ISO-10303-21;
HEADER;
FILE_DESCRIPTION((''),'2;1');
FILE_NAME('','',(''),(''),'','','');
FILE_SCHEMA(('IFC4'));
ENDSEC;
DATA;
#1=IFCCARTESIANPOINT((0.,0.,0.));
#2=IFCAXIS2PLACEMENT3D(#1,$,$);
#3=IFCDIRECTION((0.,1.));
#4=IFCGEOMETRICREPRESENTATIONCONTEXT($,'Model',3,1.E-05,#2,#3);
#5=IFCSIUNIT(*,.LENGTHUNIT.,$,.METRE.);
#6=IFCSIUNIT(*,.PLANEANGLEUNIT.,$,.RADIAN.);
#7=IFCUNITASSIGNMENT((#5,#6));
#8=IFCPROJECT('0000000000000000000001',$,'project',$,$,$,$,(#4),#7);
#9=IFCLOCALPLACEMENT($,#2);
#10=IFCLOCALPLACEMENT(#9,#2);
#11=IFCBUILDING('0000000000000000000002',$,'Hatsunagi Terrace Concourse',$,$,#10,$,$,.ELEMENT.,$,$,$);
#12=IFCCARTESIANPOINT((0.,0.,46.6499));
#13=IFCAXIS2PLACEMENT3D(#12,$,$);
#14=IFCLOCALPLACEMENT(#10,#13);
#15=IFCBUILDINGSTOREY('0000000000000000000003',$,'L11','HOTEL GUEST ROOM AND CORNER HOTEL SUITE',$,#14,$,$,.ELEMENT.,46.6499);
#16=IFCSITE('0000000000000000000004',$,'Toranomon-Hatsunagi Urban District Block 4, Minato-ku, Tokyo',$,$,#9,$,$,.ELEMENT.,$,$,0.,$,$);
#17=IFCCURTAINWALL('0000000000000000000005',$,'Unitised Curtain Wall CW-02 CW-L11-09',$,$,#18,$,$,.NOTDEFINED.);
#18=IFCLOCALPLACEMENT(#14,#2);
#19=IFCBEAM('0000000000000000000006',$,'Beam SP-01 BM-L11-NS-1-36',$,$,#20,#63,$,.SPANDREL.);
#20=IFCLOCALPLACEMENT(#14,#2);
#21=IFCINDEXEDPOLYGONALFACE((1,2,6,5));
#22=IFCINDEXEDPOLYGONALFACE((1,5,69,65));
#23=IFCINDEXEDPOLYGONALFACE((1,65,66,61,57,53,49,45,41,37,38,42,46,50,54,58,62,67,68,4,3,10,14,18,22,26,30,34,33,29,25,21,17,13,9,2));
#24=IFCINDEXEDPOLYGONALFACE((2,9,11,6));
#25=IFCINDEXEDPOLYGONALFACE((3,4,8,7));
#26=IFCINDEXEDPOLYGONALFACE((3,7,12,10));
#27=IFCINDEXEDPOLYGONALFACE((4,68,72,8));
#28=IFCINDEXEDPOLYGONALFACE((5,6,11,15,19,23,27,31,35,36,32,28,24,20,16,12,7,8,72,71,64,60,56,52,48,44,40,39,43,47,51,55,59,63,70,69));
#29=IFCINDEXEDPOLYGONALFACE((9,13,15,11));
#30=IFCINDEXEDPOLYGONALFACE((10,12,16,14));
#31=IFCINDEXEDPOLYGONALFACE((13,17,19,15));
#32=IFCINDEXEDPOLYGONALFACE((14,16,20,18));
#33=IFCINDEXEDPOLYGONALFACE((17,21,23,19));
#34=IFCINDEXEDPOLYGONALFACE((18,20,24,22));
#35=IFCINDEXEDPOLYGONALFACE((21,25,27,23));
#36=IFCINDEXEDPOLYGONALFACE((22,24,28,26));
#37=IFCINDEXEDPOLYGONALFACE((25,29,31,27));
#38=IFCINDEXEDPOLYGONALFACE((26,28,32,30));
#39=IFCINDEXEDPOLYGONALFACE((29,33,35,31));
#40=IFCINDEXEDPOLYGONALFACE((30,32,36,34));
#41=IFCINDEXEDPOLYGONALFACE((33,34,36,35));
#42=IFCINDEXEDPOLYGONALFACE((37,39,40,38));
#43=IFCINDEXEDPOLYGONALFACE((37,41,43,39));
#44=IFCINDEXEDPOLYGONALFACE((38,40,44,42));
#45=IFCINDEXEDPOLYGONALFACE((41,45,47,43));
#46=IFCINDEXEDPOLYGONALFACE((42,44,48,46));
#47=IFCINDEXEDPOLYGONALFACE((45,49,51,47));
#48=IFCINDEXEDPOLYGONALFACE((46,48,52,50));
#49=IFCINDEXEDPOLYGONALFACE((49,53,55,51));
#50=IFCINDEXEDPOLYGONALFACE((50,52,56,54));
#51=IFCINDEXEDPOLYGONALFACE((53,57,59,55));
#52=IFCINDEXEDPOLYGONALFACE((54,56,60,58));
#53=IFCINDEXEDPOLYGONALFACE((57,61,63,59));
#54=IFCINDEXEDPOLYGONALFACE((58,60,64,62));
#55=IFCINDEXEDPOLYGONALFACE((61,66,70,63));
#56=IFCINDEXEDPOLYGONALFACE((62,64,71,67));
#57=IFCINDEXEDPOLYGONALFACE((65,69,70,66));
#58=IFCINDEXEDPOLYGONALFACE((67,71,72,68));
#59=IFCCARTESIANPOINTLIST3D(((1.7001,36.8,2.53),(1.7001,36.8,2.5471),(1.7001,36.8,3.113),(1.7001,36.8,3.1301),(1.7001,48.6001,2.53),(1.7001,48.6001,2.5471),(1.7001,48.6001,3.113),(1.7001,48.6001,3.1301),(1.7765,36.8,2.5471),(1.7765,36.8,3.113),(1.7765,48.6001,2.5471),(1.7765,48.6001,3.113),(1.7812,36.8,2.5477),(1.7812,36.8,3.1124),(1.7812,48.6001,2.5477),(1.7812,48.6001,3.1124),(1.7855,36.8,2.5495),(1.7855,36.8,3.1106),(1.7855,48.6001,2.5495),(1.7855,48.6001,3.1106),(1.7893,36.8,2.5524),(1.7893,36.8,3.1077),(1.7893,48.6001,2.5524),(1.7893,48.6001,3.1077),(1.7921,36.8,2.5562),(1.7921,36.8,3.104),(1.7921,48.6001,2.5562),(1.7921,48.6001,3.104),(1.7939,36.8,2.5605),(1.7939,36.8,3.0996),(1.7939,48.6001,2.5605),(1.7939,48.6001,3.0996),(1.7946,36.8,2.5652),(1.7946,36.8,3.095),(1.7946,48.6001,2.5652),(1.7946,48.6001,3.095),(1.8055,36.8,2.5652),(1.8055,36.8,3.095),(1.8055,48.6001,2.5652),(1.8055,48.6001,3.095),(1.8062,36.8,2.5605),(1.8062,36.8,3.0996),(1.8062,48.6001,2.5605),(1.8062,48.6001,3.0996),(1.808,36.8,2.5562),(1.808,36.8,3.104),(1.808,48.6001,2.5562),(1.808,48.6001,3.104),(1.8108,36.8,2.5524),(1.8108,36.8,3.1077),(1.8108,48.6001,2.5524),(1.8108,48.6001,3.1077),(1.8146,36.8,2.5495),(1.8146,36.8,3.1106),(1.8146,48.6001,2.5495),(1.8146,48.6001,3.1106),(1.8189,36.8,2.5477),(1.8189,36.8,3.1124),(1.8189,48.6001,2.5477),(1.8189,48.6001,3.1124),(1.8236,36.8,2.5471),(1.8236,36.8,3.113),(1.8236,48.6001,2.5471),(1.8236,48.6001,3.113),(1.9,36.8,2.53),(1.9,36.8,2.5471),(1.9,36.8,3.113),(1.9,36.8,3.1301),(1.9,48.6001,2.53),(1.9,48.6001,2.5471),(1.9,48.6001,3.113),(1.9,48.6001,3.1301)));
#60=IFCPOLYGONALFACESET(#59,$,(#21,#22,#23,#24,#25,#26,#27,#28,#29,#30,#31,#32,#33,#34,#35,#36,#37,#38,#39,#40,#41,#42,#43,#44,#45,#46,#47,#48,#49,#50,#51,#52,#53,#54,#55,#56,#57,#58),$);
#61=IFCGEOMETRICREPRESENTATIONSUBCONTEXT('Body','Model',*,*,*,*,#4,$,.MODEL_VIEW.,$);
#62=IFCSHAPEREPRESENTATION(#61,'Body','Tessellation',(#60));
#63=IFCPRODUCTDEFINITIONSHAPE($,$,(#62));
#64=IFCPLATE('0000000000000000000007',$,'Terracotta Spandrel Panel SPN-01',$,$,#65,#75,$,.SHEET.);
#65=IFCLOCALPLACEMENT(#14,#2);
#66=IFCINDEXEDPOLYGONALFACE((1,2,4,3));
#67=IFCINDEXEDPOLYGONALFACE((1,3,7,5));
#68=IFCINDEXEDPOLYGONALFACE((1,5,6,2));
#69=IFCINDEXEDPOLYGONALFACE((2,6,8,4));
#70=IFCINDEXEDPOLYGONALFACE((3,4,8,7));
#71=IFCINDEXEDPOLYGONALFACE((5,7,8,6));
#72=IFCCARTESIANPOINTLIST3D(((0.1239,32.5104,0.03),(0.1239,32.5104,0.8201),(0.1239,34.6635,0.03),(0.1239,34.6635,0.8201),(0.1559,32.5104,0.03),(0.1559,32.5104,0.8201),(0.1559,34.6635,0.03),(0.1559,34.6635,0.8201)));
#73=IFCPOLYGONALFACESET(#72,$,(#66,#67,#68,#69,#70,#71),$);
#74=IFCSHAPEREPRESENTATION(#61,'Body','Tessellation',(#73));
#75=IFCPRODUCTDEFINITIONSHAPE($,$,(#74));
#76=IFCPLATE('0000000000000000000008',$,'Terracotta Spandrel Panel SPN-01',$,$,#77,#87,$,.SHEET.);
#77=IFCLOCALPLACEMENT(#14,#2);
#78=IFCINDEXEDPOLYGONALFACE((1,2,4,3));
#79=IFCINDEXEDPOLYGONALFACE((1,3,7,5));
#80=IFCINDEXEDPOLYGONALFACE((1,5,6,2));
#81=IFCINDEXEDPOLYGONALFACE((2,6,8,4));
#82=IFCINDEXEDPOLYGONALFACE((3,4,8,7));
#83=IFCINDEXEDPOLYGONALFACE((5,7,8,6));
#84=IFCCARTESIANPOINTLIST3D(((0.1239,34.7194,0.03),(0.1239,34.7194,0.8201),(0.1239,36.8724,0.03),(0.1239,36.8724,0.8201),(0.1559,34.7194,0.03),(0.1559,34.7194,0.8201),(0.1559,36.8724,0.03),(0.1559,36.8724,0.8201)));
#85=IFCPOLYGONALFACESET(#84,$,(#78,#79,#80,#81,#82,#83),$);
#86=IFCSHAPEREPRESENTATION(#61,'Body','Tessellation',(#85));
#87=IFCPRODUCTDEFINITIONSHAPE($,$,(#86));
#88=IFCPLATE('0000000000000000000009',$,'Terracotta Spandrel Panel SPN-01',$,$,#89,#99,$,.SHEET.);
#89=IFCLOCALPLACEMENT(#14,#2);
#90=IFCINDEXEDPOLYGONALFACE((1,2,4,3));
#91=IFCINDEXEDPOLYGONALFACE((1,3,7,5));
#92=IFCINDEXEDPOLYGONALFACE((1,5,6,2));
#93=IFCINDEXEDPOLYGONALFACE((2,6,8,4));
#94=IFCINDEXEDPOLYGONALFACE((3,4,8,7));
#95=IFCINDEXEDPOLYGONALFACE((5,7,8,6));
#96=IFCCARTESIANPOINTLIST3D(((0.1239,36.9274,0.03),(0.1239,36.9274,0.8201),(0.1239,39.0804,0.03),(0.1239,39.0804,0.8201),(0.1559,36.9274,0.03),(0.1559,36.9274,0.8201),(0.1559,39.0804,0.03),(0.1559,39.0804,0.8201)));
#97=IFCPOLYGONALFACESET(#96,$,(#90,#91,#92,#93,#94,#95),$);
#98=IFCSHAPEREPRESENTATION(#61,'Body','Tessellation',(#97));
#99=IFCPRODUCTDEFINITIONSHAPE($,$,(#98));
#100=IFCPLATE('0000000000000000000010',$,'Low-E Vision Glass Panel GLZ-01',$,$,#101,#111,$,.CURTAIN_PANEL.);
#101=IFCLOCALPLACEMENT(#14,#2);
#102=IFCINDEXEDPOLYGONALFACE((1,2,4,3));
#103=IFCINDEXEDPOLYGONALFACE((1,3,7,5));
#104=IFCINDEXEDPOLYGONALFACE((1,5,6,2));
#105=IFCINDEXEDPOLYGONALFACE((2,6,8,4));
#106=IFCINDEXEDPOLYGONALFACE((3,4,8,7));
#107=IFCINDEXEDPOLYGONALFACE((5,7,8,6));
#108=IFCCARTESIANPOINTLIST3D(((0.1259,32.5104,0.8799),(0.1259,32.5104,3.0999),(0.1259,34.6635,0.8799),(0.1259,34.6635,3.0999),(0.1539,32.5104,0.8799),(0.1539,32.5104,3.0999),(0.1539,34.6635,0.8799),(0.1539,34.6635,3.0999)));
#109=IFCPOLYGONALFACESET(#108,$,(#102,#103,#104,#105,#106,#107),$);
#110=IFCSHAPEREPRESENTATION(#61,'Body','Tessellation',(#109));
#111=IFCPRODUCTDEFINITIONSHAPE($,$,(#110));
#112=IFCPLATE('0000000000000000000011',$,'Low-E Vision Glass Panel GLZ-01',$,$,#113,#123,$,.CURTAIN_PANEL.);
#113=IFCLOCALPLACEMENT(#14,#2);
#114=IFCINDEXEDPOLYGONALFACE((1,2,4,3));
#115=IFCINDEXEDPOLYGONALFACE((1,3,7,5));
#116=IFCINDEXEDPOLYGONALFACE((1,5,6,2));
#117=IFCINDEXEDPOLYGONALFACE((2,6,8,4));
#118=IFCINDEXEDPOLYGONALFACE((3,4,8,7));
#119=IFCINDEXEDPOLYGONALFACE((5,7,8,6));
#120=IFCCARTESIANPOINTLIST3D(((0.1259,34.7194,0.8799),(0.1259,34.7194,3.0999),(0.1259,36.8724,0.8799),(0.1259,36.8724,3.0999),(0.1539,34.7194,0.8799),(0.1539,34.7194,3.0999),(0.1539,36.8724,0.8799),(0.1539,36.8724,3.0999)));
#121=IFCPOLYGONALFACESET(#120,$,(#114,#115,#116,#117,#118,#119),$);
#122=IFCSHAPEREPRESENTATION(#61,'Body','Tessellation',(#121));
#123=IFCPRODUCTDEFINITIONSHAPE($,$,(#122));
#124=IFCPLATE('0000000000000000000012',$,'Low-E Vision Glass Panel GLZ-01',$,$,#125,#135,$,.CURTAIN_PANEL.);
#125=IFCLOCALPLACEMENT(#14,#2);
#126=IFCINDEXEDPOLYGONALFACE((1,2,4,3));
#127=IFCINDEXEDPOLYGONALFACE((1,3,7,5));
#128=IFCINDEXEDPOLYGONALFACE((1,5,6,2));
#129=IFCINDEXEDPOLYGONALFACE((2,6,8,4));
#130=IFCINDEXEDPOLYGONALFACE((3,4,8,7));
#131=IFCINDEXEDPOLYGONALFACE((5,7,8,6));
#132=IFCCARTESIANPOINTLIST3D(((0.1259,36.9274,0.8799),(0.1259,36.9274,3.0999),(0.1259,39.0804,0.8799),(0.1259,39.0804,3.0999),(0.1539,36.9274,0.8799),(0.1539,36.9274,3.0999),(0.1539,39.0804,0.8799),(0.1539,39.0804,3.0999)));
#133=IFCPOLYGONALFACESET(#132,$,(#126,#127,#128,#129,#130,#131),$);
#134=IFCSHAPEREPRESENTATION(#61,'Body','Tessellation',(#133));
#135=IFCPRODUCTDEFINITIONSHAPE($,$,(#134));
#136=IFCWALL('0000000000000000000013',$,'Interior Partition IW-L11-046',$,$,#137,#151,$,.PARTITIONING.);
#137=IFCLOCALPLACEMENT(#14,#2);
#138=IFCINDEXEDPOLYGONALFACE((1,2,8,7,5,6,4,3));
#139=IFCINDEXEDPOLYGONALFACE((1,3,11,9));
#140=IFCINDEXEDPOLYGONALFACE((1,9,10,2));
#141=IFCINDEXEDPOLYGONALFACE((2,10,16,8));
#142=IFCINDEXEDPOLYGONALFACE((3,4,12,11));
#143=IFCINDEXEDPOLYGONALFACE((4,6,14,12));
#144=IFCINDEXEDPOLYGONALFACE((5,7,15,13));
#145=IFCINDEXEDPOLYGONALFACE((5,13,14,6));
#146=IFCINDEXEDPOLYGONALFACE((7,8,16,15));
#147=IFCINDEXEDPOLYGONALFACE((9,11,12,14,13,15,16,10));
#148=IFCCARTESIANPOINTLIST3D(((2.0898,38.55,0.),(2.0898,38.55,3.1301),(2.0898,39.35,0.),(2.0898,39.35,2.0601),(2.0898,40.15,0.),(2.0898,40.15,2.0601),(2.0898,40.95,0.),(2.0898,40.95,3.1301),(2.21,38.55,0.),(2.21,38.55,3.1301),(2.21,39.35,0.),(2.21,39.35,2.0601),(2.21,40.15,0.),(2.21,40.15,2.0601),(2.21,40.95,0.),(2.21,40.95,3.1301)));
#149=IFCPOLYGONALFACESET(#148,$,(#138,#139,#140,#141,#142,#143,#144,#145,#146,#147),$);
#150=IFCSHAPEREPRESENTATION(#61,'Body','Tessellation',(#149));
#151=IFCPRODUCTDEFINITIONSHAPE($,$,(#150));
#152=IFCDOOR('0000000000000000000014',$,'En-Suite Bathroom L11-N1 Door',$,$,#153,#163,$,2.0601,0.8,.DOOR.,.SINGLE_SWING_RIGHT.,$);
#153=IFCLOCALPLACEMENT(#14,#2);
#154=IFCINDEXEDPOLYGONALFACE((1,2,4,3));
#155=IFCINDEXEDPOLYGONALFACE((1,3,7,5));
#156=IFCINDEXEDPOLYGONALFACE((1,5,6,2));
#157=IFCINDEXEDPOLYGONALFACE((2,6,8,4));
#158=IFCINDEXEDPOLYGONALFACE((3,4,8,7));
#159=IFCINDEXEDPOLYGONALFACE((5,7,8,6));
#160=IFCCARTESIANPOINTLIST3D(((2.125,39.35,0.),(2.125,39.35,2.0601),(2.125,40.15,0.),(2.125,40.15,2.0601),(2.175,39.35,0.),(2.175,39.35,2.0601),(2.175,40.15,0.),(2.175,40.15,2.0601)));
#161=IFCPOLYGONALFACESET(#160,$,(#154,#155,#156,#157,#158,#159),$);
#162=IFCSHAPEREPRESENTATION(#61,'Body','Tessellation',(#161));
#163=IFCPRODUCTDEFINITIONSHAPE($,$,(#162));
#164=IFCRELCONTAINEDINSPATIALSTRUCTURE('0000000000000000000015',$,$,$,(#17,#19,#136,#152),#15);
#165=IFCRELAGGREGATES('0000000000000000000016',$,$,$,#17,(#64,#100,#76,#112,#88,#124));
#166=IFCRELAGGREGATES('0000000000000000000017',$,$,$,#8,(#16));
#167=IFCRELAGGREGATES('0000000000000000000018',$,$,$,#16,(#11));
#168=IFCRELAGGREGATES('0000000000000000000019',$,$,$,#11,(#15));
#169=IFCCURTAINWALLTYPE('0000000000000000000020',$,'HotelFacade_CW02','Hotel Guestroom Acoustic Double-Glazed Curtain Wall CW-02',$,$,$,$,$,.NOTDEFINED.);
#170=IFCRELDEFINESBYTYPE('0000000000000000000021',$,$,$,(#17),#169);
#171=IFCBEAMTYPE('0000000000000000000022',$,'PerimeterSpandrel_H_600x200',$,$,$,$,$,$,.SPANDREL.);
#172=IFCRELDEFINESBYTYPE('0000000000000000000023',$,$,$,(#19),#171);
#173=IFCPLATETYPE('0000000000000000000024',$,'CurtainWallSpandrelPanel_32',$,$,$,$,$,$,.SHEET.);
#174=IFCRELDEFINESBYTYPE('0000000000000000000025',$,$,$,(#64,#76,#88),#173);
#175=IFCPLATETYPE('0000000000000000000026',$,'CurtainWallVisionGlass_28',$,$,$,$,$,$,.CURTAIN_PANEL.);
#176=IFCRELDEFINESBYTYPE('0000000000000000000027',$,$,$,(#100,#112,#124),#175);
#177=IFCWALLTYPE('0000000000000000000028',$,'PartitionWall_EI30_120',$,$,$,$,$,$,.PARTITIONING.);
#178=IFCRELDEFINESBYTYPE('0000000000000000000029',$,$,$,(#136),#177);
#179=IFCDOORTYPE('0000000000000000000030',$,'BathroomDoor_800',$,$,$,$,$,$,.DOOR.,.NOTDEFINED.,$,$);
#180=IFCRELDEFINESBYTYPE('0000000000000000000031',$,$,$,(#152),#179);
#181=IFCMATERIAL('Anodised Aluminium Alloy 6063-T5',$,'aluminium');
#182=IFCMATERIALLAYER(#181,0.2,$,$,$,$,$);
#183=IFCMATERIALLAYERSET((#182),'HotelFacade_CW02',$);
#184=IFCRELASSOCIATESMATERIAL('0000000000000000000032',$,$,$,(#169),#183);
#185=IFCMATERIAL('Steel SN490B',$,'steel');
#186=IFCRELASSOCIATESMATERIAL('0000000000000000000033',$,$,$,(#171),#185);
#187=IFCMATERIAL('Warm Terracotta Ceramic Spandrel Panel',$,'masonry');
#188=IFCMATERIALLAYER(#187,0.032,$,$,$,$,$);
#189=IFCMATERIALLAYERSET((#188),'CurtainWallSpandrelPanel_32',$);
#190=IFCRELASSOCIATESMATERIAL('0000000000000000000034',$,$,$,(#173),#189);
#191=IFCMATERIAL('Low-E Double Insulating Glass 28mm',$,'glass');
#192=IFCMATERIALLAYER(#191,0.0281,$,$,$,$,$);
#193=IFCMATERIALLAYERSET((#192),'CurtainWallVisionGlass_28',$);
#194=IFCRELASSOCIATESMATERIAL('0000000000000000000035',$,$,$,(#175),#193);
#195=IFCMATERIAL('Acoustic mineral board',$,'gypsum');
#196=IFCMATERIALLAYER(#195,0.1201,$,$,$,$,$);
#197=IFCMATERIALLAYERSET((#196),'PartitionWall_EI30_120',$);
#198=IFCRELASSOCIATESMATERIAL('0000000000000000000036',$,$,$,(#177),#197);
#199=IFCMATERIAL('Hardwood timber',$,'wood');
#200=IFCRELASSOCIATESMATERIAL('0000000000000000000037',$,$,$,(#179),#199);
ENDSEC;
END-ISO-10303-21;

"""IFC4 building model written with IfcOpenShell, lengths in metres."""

from ifc_helpers import new_model, si_unit, direction, frame, frame_2d, origin, origin_2d, place, context, subcontext, project, spatial, rectangle, i_section, extrude, material, layer, layer_set, material_profile, profile_set, type_object, element, fill, aggregate, save


model = new_model("IFC4")

# Units and contexts
model_context = context("Model", 3, precision=1e-05, world=origin(), true_north=direction((0.0, 1.0)))
body_context = subcontext(model_context, "Body", "Model", "MODEL_VIEW")
ifc_project = project(units=[si_unit("LENGTHUNIT", "METRE"), si_unit("PLANEANGLEUNIT", "RADIAN")], contexts=[model_context])

# Site, building, storey
site_placement = place(None, origin())
site = spatial("IfcSite", under=ifc_project, at=site_placement, Name="Toranomon-Hatsunagi Urban District Block 4, Minato-ku, Tokyo", CompositionType="ELEMENT", RefElevation=0.0)
building_placement = place(site_placement, origin())
building = spatial("IfcBuilding", under=site, at=building_placement, Name="Hatsunagi Terrace Concourse", CompositionType="ELEMENT")
storey_placement = place(building_placement, frame((0.0, 0.0, 46.6499)))
storey = spatial("IfcBuildingStorey", under=building, at=storey_placement, Name="L11", Description="HOTEL GUEST ROOM AND CORNER HOTEL SUITE", CompositionType="ELEMENT", Elevation=46.6499)

# Curtain wall
ifc_material_1 = material(Name="Anodised Aluminium Alloy 6063-T5", Category="aluminium")
ifc_layer_1 = layer(ifc_material_1, 0.2)
ifc_layer_set_1 = layer_set([ifc_layer_1], Name="HotelFacade_CW02")
curtain_wall_type = type_object("IfcCurtainWallType", Name="HotelFacade_CW02", Description="Hotel Guestroom Acoustic Double-Glazed Curtain Wall CW-02", PredefinedType="NOTDEFINED", material=ifc_layer_set_1)
curtain_wall_placement = place(storey_placement, origin())
curtain_wall = element("IfcCurtainWall", 1, at=curtain_wall_placement, inside=storey, type_object=curtain_wall_type, Name="Unitised Curtain Wall CW-02 CW-L11-09", PredefinedType="NOTDEFINED")

# Beam
ifc_material_2 = material(Name="Steel SN490B", Category="steel")
ifc_material_profile_1 = material_profile(ifc_material_2, i_section(OverallWidth=0.2, OverallDepth=0.6001, WebThickness=0.011, FlangeThickness=0.0171, FilletRadius=0.0181, at=origin_2d()), Name="H-600x200x11x17")
ifc_profile_set_1 = profile_set([ifc_material_profile_1], Name="Steel SN490B")
beam_type_1 = type_object("IfcBeamType", Name="PerimeterSpandrel_H_600x200", PredefinedType="SPANDREL", material=ifc_profile_set_1)
beam_1_placement = place(storey_placement, frame((1.8, 36.8, 2.8301), z_axis=(0.0, 1.0, 0.0), x_axis=(-1.0, 0.0, 0.0)))
element("IfcBeam", 2, at=beam_1_placement, inside=storey, type_object=beam_type_1, Name="Beam SP-01 BM-L11-NS-1-36", PredefinedType="SPANDREL", context=body_context, shape_type="SweptSolid", body=[
    extrude(i_section(OverallWidth=0.2, OverallDepth=0.6001, WebThickness=0.011, FlangeThickness=0.0171, FilletRadius=0.0181, at=origin_2d()), origin(), (0.0, 0.0, 1.0), 11.8),
])

# Plates
ifc_material_3 = material(Name="Warm Terracotta Ceramic Spandrel Panel", Category="masonry")
ifc_layer_2 = layer(ifc_material_3, 0.032)
ifc_layer_set_2 = layer_set([ifc_layer_2], Name="CurtainWallSpandrelPanel_32")
plate_type_1 = type_object("IfcPlateType", Name="CurtainWallSpandrelPanel_32", PredefinedType="SHEET", material=ifc_layer_set_2)
plate_1_placement = place(storey_placement, frame((0.1399, 33.5869, 0.03), z_axis=(0.0, 0.0, 1.0), x_axis=(0.0, 1.0, 0.0)))
plate_1 = element("IfcPlate", 3, at=plate_1_placement, type_object=plate_type_1, Name="Terracotta Spandrel Panel SPN-01", PredefinedType="SHEET", context=body_context, shape_type="SweptSolid", body=[
    extrude(rectangle(XDim=2.1531, YDim=0.032, at=origin_2d()), origin(), (0.0, 0.0, 1.0), 0.79),
])
plate_2_placement = place(storey_placement, frame((0.1399, 35.7959, 0.03), z_axis=(0.0, 0.0, 1.0), x_axis=(0.0, 1.0, 0.0)))
plate_2 = element("IfcPlate", 4, at=plate_2_placement, type_object=plate_type_1, Name="Terracotta Spandrel Panel SPN-01", PredefinedType="SHEET", context=body_context, shape_type="SweptSolid", body=[
    extrude(rectangle(XDim=2.1531, YDim=0.032, at=origin_2d()), origin(), (0.0, 0.0, 1.0), 0.79),
])
plate_3_placement = place(storey_placement, frame((0.1399, 38.0039, 0.03), z_axis=(0.0, 0.0, 1.0), x_axis=(0.0, 1.0, 0.0)))
plate_3 = element("IfcPlate", 5, at=plate_3_placement, type_object=plate_type_1, Name="Terracotta Spandrel Panel SPN-01", PredefinedType="SHEET", context=body_context, shape_type="SweptSolid", body=[
    extrude(rectangle(XDim=2.1531, YDim=0.032, at=origin_2d()), origin(), (0.0, 0.0, 1.0), 0.79),
])
ifc_material_4 = material(Name="Low-E Double Insulating Glass 28mm", Category="glass")
ifc_layer_3 = layer(ifc_material_4, 0.0281)
ifc_layer_set_3 = layer_set([ifc_layer_3], Name="CurtainWallVisionGlass_28")
plate_type_2 = type_object("IfcPlateType", Name="CurtainWallVisionGlass_28", PredefinedType="CURTAIN_PANEL", material=ifc_layer_set_3)
plate_4_placement = place(storey_placement, frame((0.1399, 33.5869, 0.8799), z_axis=(0.0, 0.0, 1.0), x_axis=(0.0, 1.0, 0.0)))
plate_4 = element("IfcPlate", 6, at=plate_4_placement, type_object=plate_type_2, Name="Low-E Vision Glass Panel GLZ-01", PredefinedType="CURTAIN_PANEL", context=body_context, shape_type="SweptSolid", body=[
    extrude(rectangle(XDim=2.1531, YDim=0.0281, at=origin_2d()), origin(), (0.0, 0.0, 1.0), 2.22),
])
plate_5_placement = place(storey_placement, frame((0.1399, 35.7959, 0.8799), z_axis=(0.0, 0.0, 1.0), x_axis=(0.0, 1.0, 0.0)))
plate_5 = element("IfcPlate", 7, at=plate_5_placement, type_object=plate_type_2, Name="Low-E Vision Glass Panel GLZ-01", PredefinedType="CURTAIN_PANEL", context=body_context, shape_type="SweptSolid", body=[
    extrude(rectangle(XDim=2.1531, YDim=0.0281, at=origin_2d()), origin(), (0.0, 0.0, 1.0), 2.22),
])
plate_6_placement = place(storey_placement, frame((0.1399, 38.0039, 0.8799), z_axis=(0.0, 0.0, 1.0), x_axis=(0.0, 1.0, 0.0)))
plate_6 = element("IfcPlate", 8, at=plate_6_placement, type_object=plate_type_2, Name="Low-E Vision Glass Panel GLZ-01", PredefinedType="CURTAIN_PANEL", context=body_context, shape_type="SweptSolid", body=[
    extrude(rectangle(XDim=2.1531, YDim=0.0281, at=origin_2d()), origin(), (0.0, 0.0, 1.0), 2.22),
])
aggregate(curtain_wall, [plate_1, plate_4, plate_2, plate_5, plate_3, plate_6])

# Wall, opening, door
ifc_material_5 = material(Name="Acoustic mineral board", Category="gypsum")
ifc_layer_4 = layer(ifc_material_5, 0.1201)
ifc_layer_set_4 = layer_set([ifc_layer_4], Name="PartitionWall_EI30_120")
wall_type_1 = type_object("IfcWallType", Name="PartitionWall_EI30_120", PredefinedType="PARTITIONING", material=ifc_layer_set_4)
wall_1_placement = place(storey_placement, frame((2.1499, 38.55, 0.0), z_axis=(0.0, 0.0, 1.0), x_axis=(0.0, 1.0, 0.0)))
wall_1 = element("IfcWall", 9, at=wall_1_placement, inside=storey, type_object=wall_type_1, Name="Interior Partition IW-L11-046", PredefinedType="PARTITIONING", context=body_context, shape_type="SweptSolid", body=[
    extrude(rectangle(XDim=2.3999, YDim=0.1201, at=frame_2d((1.2, 0.0))), origin(), (0.0, 0.0, 1.0), 3.1301),
])
opening_1_placement = place(wall_1_placement, frame((0.8, 0.0, 0.0)))
opening_1 = element("IfcOpeningElement", 10, at=opening_1_placement, cuts=wall_1, PredefinedType="OPENING", context=body_context, shape_type="SweptSolid", body=[
    extrude(rectangle(XDim=0.8, YDim=2.0601, at=frame_2d((0.3999, 1.03))), frame((0.0, 0.0701, 0.0), z_axis=(0.0, -1.0, 0.0), x_axis=(1.0, 0.0, 0.0)), (0.0, 0.0, 1.0), 0.1401),
])
ifc_material_6 = material(Name="Hardwood timber", Category="wood")
door_type_1 = type_object("IfcDoorType", Name="BathroomDoor_800", OperationType="NOTDEFINED", PredefinedType="DOOR", material=ifc_material_6)
door_1_placement = place(opening_1_placement, origin())
door_1 = element("IfcDoor", 11, at=door_1_placement, inside=storey, type_object=door_type_1, Name="En-Suite Bathroom L11-N1 Door", OperationType="SINGLE_SWING_RIGHT", OverallHeight=2.0601, OverallWidth=0.8, PredefinedType="DOOR", context=body_context, shape_type="SweptSolid", body=[
    extrude(rectangle(XDim=0.8, YDim=2.0601, at=frame_2d((0.3999, 1.03))), frame((0.0, 0.0249, 0.0), z_axis=(0.0, -1.0, 0.0), x_axis=(1.0, 0.0, 0.0)), (0.0, 0.0, 1.0), 0.05),
])
fill(opening_1, door_1)

save(model, "model.ifc")
